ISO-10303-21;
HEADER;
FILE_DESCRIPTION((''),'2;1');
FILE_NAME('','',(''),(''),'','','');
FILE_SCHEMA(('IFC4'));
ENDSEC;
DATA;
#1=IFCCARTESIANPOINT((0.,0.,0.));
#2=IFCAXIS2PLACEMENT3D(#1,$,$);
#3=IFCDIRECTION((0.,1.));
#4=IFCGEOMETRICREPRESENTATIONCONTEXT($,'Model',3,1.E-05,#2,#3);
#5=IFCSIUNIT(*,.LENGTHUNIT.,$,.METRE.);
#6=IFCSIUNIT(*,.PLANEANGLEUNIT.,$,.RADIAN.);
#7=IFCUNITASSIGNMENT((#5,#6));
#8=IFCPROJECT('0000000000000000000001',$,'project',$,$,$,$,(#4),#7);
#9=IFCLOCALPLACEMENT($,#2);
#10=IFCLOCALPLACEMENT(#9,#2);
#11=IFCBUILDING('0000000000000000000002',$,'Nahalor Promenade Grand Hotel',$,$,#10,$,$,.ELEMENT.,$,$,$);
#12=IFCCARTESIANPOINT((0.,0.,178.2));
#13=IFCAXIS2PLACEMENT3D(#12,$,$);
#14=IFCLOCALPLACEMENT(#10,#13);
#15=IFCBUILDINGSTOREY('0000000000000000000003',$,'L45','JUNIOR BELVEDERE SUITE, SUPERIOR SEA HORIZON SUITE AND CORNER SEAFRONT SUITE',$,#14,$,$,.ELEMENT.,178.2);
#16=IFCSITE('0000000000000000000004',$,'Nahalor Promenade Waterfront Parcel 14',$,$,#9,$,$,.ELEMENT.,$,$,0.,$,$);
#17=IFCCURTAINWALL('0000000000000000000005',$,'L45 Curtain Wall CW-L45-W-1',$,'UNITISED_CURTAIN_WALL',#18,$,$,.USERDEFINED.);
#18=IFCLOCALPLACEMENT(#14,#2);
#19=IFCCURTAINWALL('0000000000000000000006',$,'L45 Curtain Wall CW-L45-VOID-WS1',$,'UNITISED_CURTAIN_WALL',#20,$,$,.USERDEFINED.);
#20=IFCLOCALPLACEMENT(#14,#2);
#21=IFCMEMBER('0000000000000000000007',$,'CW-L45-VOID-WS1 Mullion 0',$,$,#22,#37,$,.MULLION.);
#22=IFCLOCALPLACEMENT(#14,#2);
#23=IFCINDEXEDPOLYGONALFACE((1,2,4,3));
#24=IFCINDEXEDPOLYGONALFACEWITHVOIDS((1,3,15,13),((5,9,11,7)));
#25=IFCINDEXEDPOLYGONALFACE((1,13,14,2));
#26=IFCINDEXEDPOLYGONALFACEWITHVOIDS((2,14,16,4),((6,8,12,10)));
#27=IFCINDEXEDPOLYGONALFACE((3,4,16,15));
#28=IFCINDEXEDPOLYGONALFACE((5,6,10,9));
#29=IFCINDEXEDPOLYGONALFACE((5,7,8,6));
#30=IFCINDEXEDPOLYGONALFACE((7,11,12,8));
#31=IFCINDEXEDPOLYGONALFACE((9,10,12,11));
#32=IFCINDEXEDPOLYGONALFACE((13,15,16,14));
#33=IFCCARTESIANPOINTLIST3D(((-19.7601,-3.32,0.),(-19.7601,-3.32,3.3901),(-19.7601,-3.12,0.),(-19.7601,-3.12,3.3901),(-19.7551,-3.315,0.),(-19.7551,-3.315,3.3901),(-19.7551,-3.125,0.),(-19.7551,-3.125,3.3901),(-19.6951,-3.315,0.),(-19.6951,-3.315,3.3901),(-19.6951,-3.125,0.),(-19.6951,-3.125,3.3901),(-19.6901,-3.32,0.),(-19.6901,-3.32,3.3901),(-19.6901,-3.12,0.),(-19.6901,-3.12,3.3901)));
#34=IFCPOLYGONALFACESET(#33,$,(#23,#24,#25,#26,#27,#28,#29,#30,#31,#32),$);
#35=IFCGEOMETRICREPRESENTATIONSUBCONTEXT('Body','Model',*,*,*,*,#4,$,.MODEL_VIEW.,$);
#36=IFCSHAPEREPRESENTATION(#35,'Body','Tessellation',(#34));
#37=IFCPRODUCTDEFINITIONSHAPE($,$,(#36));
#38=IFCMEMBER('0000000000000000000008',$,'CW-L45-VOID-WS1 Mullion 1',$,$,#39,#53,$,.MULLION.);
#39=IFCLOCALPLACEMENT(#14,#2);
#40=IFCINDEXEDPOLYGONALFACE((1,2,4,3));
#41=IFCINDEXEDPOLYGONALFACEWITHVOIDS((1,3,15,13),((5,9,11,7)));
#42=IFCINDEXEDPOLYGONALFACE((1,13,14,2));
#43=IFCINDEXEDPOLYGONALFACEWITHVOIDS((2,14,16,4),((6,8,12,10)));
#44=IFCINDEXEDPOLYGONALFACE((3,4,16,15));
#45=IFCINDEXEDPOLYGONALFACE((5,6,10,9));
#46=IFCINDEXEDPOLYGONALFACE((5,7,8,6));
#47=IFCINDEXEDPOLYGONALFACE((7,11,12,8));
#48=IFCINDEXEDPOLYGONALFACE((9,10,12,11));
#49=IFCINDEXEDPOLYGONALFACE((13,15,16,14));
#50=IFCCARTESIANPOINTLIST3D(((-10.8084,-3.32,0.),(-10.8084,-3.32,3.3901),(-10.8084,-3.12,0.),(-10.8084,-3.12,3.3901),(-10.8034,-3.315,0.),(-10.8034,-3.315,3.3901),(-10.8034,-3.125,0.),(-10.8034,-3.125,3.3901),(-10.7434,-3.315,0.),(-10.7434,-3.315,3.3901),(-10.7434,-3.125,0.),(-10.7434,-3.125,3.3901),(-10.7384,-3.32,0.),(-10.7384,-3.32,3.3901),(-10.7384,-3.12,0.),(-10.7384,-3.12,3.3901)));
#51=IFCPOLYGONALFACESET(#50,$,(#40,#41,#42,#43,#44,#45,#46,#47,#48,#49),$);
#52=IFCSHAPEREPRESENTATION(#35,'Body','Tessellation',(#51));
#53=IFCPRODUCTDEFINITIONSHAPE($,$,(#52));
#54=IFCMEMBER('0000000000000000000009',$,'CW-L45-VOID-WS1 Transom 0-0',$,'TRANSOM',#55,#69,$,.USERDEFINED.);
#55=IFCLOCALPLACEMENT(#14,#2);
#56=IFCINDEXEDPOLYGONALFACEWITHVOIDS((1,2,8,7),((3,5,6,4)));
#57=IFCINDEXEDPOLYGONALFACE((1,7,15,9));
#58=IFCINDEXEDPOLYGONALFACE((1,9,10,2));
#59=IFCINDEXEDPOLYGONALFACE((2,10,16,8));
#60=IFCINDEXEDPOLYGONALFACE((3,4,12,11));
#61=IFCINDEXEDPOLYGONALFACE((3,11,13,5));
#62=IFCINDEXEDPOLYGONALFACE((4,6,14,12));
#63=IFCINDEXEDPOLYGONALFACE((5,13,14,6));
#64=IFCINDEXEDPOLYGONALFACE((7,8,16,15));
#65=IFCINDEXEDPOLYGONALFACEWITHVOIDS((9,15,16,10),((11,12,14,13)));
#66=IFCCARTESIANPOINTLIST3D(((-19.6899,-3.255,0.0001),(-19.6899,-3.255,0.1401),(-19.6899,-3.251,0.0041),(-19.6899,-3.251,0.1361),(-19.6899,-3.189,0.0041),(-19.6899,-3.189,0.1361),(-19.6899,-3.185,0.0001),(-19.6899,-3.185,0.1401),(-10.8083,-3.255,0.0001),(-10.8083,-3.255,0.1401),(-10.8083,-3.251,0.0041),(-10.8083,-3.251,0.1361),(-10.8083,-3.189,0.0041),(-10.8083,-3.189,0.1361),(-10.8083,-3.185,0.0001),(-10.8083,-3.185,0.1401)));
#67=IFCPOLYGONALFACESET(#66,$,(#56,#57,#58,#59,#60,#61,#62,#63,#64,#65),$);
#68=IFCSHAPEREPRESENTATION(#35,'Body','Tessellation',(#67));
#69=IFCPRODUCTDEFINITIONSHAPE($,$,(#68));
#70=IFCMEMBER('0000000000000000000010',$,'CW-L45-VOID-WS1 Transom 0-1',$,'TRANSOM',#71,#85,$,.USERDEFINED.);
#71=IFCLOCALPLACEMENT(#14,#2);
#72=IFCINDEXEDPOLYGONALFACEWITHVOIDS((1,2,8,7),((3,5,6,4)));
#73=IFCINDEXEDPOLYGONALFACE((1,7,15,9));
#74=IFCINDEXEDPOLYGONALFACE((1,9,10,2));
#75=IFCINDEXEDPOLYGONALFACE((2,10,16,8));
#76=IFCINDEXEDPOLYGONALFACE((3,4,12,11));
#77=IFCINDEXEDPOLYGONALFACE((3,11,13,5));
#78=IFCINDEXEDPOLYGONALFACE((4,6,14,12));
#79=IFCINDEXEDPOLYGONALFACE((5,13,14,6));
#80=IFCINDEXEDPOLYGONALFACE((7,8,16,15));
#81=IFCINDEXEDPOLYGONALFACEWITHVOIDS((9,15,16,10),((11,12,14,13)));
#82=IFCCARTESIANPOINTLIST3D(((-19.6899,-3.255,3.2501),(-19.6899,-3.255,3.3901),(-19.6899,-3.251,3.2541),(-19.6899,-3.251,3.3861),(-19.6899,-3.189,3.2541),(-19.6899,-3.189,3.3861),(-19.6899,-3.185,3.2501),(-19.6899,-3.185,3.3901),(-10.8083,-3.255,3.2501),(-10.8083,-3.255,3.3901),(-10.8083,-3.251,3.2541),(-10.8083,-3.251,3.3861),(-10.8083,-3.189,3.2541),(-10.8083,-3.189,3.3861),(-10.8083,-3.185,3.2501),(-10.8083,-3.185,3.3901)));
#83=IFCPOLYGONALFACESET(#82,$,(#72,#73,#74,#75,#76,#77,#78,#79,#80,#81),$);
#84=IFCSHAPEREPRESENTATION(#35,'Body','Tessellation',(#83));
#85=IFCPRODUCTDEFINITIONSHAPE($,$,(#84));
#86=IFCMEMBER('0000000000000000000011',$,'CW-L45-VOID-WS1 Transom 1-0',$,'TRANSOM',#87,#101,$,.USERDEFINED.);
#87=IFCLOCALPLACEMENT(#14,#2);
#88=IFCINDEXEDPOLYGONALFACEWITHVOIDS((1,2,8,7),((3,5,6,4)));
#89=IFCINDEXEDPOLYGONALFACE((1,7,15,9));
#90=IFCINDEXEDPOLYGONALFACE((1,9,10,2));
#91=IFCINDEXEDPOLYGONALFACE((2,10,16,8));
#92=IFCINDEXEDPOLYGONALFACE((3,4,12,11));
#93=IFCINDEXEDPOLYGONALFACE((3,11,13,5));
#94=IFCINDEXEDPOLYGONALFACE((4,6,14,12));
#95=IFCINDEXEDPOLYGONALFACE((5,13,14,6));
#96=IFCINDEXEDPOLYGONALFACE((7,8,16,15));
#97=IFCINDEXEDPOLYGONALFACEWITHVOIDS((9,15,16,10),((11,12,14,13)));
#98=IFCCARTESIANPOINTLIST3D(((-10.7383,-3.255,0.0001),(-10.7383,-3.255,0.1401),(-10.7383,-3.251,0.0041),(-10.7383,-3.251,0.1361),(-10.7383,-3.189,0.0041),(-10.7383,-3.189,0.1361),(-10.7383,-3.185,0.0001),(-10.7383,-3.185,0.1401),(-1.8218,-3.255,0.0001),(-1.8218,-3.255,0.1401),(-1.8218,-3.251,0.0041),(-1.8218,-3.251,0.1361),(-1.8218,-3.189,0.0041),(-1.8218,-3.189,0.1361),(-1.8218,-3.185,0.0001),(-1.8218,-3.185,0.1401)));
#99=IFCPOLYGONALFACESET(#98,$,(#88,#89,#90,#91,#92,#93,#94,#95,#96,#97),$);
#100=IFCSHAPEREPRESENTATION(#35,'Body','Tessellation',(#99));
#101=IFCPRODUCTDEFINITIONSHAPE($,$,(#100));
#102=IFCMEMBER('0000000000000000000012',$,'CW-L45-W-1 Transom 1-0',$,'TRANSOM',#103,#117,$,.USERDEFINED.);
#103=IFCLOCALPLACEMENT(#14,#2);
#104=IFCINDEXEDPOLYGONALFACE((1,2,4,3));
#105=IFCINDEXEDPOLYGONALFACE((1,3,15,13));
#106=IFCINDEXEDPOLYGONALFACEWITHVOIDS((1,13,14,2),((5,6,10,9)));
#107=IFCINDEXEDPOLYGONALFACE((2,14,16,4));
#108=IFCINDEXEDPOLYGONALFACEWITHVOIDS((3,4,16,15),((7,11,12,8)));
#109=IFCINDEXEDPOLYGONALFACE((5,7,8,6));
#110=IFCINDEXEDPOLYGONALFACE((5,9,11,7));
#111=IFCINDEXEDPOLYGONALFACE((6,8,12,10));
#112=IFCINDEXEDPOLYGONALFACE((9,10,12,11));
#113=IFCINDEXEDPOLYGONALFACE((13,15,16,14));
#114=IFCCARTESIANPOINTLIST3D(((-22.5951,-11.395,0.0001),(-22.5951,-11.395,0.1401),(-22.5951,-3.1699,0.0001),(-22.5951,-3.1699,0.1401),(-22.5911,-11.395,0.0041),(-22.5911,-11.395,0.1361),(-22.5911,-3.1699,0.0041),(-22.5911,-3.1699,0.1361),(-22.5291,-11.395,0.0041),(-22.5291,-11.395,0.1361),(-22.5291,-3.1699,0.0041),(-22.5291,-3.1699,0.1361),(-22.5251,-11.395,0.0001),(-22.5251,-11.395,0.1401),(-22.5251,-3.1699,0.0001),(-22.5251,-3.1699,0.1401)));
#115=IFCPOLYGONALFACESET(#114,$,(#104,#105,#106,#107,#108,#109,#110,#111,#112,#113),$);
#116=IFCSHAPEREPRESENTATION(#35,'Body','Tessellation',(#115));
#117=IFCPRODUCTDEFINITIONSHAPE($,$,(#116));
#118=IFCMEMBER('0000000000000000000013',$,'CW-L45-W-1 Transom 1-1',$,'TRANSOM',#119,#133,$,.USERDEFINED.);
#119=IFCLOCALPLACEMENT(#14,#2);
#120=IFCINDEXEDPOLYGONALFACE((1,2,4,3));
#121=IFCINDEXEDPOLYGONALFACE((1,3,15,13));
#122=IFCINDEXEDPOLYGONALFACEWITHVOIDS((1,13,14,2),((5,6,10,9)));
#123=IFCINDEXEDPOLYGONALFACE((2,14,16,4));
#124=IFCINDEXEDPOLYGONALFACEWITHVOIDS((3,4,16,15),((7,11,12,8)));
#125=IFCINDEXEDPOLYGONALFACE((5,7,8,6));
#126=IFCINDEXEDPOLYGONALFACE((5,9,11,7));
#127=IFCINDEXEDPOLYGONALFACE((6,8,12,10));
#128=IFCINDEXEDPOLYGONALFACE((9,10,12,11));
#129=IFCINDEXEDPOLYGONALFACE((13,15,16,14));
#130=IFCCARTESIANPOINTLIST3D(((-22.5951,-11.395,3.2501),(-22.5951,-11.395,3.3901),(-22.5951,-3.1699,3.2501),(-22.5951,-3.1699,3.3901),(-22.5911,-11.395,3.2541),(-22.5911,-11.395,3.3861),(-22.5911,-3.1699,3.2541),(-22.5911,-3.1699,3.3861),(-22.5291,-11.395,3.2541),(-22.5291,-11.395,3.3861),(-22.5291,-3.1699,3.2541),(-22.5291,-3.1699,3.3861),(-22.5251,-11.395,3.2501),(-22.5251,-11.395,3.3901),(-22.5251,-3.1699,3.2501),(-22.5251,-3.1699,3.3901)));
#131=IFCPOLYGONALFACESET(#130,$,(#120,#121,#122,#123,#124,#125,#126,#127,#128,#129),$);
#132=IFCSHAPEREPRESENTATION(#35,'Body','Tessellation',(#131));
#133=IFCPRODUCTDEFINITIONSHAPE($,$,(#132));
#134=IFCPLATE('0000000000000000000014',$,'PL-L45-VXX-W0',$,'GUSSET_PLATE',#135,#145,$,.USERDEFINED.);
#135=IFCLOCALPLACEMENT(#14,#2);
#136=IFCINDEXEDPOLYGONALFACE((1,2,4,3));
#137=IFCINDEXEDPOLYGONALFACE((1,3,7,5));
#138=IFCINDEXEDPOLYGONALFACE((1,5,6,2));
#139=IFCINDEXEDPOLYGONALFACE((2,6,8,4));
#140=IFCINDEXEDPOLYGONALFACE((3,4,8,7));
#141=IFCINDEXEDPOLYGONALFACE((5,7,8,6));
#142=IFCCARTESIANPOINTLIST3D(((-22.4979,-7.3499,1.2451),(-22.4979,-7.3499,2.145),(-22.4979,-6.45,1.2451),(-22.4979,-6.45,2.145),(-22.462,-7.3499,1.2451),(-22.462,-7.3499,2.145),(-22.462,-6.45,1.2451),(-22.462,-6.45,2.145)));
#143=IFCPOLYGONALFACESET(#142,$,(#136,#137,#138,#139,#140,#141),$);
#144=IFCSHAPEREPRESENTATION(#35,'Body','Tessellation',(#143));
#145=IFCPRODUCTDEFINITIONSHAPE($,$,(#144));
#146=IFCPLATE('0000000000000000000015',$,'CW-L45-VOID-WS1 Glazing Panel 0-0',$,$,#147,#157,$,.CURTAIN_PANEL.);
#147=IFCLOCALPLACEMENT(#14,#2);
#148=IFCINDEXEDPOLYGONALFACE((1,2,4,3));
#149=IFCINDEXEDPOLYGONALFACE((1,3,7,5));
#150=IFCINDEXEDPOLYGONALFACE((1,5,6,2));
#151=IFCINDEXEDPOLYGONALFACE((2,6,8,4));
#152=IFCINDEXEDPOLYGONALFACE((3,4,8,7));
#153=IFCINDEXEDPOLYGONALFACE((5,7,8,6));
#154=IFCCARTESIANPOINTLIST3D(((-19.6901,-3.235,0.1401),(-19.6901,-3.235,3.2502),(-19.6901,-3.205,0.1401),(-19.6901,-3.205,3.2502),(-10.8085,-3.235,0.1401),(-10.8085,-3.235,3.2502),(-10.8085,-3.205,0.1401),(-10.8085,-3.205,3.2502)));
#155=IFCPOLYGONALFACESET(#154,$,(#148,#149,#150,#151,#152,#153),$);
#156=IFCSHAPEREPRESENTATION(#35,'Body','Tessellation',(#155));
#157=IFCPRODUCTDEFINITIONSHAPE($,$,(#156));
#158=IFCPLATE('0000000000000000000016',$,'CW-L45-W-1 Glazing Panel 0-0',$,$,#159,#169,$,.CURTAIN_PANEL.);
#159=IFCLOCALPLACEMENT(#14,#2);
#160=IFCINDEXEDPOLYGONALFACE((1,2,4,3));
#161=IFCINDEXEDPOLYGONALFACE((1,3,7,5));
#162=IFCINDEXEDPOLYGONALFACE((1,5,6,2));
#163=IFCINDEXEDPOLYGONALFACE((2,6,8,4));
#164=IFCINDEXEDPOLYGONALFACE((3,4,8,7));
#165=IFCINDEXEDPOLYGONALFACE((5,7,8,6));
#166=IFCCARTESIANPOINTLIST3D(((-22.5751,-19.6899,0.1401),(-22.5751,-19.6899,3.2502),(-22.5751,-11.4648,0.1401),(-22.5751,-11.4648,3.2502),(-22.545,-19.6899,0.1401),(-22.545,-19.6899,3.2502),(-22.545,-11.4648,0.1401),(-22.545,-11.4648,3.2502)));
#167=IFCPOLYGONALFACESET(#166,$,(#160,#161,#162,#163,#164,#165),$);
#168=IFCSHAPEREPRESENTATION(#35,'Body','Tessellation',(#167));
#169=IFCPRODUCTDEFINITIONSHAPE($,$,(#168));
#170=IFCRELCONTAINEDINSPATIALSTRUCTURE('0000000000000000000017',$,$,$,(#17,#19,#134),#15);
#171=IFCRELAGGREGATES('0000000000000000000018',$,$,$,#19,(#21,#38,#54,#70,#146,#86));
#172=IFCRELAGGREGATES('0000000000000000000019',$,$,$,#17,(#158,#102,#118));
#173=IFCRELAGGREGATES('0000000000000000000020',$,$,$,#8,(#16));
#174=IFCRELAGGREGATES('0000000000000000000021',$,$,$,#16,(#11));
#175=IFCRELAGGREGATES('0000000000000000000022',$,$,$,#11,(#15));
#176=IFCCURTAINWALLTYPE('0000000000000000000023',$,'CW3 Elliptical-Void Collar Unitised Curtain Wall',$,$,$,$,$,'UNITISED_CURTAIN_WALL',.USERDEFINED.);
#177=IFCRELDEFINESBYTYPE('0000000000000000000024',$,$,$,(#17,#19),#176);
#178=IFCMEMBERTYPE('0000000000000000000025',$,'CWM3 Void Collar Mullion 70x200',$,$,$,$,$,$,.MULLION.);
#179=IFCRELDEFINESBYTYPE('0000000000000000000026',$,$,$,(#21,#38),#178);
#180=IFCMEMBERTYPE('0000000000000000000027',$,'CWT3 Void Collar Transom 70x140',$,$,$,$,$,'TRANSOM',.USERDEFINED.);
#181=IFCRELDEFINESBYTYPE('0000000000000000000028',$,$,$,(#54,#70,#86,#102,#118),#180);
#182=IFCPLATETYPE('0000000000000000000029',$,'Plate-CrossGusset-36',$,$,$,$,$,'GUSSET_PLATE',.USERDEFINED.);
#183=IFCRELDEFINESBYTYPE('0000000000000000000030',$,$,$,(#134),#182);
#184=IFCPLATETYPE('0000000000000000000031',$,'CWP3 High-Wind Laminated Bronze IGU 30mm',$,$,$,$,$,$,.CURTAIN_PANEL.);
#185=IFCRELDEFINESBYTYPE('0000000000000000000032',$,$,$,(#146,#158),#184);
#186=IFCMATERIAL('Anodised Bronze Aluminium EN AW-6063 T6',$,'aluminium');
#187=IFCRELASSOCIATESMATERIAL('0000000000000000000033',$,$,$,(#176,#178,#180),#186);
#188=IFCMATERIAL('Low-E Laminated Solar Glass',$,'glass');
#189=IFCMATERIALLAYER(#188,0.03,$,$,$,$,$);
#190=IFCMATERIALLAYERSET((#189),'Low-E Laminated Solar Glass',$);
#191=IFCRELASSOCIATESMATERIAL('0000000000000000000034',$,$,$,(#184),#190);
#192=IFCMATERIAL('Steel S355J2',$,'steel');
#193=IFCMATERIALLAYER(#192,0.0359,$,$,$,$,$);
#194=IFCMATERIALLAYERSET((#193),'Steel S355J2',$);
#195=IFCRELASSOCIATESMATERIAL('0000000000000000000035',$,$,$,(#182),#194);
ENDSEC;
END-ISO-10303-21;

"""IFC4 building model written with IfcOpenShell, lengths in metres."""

from ifc_helpers import new_model, si_unit, direction, frame, origin, origin_2d, place, context, subcontext, project, spatial, rectangle, hollow_rectangle, extrude, source, transform, mapped, material, layer, layer_set, material_profile, profile_set, type_object, element, aggregate, save


model = new_model("IFC4")

# Units and contexts
model_context = context("Model", 3, precision=1e-05, world=origin(), true_north=direction((0.0, 1.0)))
body_context = subcontext(model_context, "Body", "Model", "MODEL_VIEW")
ifc_project = project(units=[si_unit("LENGTHUNIT", "METRE"), si_unit("PLANEANGLEUNIT", "RADIAN")], contexts=[model_context])

# Site, building, storey
site_placement = place(None, origin())
site = spatial("IfcSite", under=ifc_project, at=site_placement, Name="Nahalor Promenade Waterfront Parcel 14", CompositionType="ELEMENT", RefElevation=0.0)
building_placement = place(site_placement, origin())
building = spatial("IfcBuilding", under=site, at=building_placement, Name="Nahalor Promenade Grand Hotel", CompositionType="ELEMENT")
storey_placement = place(building_placement, frame((0.0, 0.0, 178.2)))
storey = spatial("IfcBuildingStorey", under=building, at=storey_placement, Name="L45", Description="JUNIOR BELVEDERE SUITE, SUPERIOR SEA HORIZON SUITE AND CORNER SEAFRONT SUITE", CompositionType="ELEMENT", Elevation=178.2)

# Shared definitions
ifc_material_1 = material(Name="Steel S355J2", Category="steel")

# Curtain wall
ifc_material_2 = material(Name="Anodised Bronze Aluminium EN AW-6063 T6", Category="aluminium")
curtain_wall_type = type_object("IfcCurtainWallType", Name="CW3 Elliptical-Void Collar Unitised Curtain Wall", ElementType="UNITISED_CURTAIN_WALL", PredefinedType="USERDEFINED", material=ifc_material_2)
curtain_wall_1_placement = place(storey_placement, origin())
curtain_wall_1 = element("IfcCurtainWall", 1, at=curtain_wall_1_placement, inside=storey, type_object=curtain_wall_type, Name="L45 Curtain Wall CW-L45-W-1", ObjectType="UNITISED_CURTAIN_WALL", PredefinedType="USERDEFINED")
ifc_material_profile_1 = material_profile(ifc_material_2, hollow_rectangle(XDim=0.07, YDim=0.2, WallThickness=0.005, at=origin_2d()), Name="CWM 70x200x5")
ifc_profile_set_1 = profile_set([ifc_material_profile_1], Name="Anodised Bronze Aluminium EN AW-6063 T6")
member_type_1 = type_object("IfcMemberType", Name="CWM3 Void Collar Mullion 70x200", PredefinedType="MULLION", material=ifc_profile_set_1)
shared_shape_1 = source(origin(), body_context, "Body", "SweptSolid", [
    extrude(hollow_rectangle(XDim=0.07, YDim=0.2, WallThickness=0.005, at=origin_2d()), origin(), (0.0, 0.0, 1.0), 3.3901),
])

# Curtain wall, members
curtain_wall_2_placement = place(storey_placement, origin())
curtain_wall_2 = element("IfcCurtainWall", 2, at=curtain_wall_2_placement, inside=storey, type_object=curtain_wall_type, Name="L45 Curtain Wall CW-L45-VOID-WS1", ObjectType="UNITISED_CURTAIN_WALL", PredefinedType="USERDEFINED")
member_1_placement = place(storey_placement, frame((-19.7251, -3.22, 0.0), z_axis=(0.0, 0.0, 1.0), x_axis=(1.0, 0.0, 0.0)))
member_1 = element("IfcMember", 3, at=member_1_placement, type_object=member_type_1, Name="CW-L45-VOID-WS1 Mullion 0", PredefinedType="MULLION", context=body_context, shape_type="MappedRepresentation", body=[
    mapped(shared_shape_1, transform((0.0, 0.0, 0.0), scale=1.0)),
])
member_2_placement = place(storey_placement, frame((-10.7734, -3.22, 0.0), z_axis=(0.0, 0.0, 1.0), x_axis=(1.0, 0.0, 0.0)))
member_2 = element("IfcMember", 4, at=member_2_placement, type_object=member_type_1, Name="CW-L45-VOID-WS1 Mullion 1", PredefinedType="MULLION", context=body_context, shape_type="MappedRepresentation", body=[
    mapped(shared_shape_1, transform((0.0, 0.0, 0.0), scale=1.0)),
])
ifc_material_profile_2 = material_profile(ifc_material_2, hollow_rectangle(XDim=0.07, YDim=0.14, WallThickness=0.004, at=origin_2d()), Name="CWT 70x140x4")
ifc_profile_set_2 = profile_set([ifc_material_profile_2], Name="Anodised Bronze Aluminium EN AW-6063 T6")
member_type_2 = type_object("IfcMemberType", Name="CWT3 Void Collar Transom 70x140", ElementType="TRANSOM", PredefinedType="USERDEFINED", material=ifc_profile_set_2)
shared_shape_2 = source(origin(), body_context, "Body", "SweptSolid", [
    extrude(hollow_rectangle(XDim=0.07, YDim=0.14, WallThickness=0.004, at=origin_2d()), origin(), (0.0, 0.0, 1.0), 8.8816),
])
member_3_placement = place(storey_placement, frame((-19.6899, -3.22, 0.0701), z_axis=(1.0, 0.0, 0.0), x_axis=(0.0, 1.0, 0.0)))
member_3 = element("IfcMember", 5, at=member_3_placement, type_object=member_type_2, Name="CW-L45-VOID-WS1 Transom 0-0", ObjectType="TRANSOM", PredefinedType="USERDEFINED", context=body_context, shape_type="MappedRepresentation", body=[
    mapped(shared_shape_2, transform((0.0, 0.0, 0.0), scale=1.0)),
])
member_4_placement = place(storey_placement, frame((-19.6899, -3.22, 3.3201), z_axis=(1.0, 0.0, 0.0), x_axis=(0.0, 1.0, 0.0)))
member_4 = element("IfcMember", 6, at=member_4_placement, type_object=member_type_2, Name="CW-L45-VOID-WS1 Transom 0-1", ObjectType="TRANSOM", PredefinedType="USERDEFINED", context=body_context, shape_type="MappedRepresentation", body=[
    mapped(shared_shape_2, transform((0.0, 0.0, 0.0), scale=1.0)),
])
shared_shape_3 = source(origin(), body_context, "Body", "SweptSolid", [
    extrude(hollow_rectangle(XDim=0.07, YDim=0.14, WallThickness=0.004, at=origin_2d()), origin(), (0.0, 0.0, 1.0), 8.9165),
])
member_5_placement = place(storey_placement, frame((-10.7383, -3.22, 0.0701), z_axis=(1.0, 0.0, 0.0), x_axis=(0.0, 1.0, 0.0)))
member_5 = element("IfcMember", 7, at=member_5_placement, type_object=member_type_2, Name="CW-L45-VOID-WS1 Transom 1-0", ObjectType="TRANSOM", PredefinedType="USERDEFINED", context=body_context, shape_type="MappedRepresentation", body=[
    mapped(shared_shape_3, transform((0.0, 0.0, 0.0), scale=1.0)),
])

# Members
shared_shape_4 = source(origin(), body_context, "Body", "SweptSolid", [
    extrude(hollow_rectangle(XDim=0.07, YDim=0.14, WallThickness=0.004, at=origin_2d()), origin(), (0.0, 0.0, 1.0), 8.2251),
])
member_6_placement = place(storey_placement, frame((-22.5601, -11.395, 0.0701), z_axis=(0.0, 1.0, 0.0), x_axis=(-1.0, 0.0, 0.0)))
member_6 = element("IfcMember", 8, at=member_6_placement, type_object=member_type_2, Name="CW-L45-W-1 Transom 1-0", ObjectType="TRANSOM", PredefinedType="USERDEFINED", context=body_context, shape_type="MappedRepresentation", body=[
    mapped(shared_shape_4, transform((0.0, 0.0, 0.0), scale=1.0)),
])
member_7_placement = place(storey_placement, frame((-22.5601, -11.395, 3.3201), z_axis=(0.0, 1.0, 0.0), x_axis=(-1.0, 0.0, 0.0)))
member_7 = element("IfcMember", 9, at=member_7_placement, type_object=member_type_2, Name="CW-L45-W-1 Transom 1-1", ObjectType="TRANSOM", PredefinedType="USERDEFINED", context=body_context, shape_type="MappedRepresentation", body=[
    mapped(shared_shape_4, transform((0.0, 0.0, 0.0), scale=1.0)),
])

# Plates
ifc_material_3 = material(Name="Low-E Laminated Solar Glass", Category="glass")
ifc_layer_1 = layer(ifc_material_3, 0.03)
ifc_layer_set_1 = layer_set([ifc_layer_1], Name="Low-E Laminated Solar Glass")
plate_type_1 = type_object("IfcPlateType", Name="CWP3 High-Wind Laminated Bronze IGU 30mm", PredefinedType="CURTAIN_PANEL", material=ifc_layer_set_1)
ifc_layer_2 = layer(ifc_material_1, 0.0359)
ifc_layer_set_2 = layer_set([ifc_layer_2], Name="Steel S355J2")
plate_type_2 = type_object("IfcPlateType", Name="Plate-CrossGusset-36", ElementType="GUSSET_PLATE", PredefinedType="USERDEFINED", material=ifc_layer_set_2)
shared_shape_5 = source(origin(), body_context, "Body", "SweptSolid", [
    extrude(rectangle(XDim=0.8999, YDim=0.0359, at=origin_2d()), origin(), (0.0, 0.0, 1.0), 0.8999),
])
plate_1_placement = place(storey_placement, frame((-22.48, -6.8999, 1.2451), z_axis=(0.0, 0.0, 1.0), x_axis=(0.0, 1.0, 0.0)))
element("IfcPlate", 10, at=plate_1_placement, inside=storey, type_object=plate_type_2, Name="PL-L45-VXX-W0", ObjectType="GUSSET_PLATE", PredefinedType="USERDEFINED", context=body_context, shape_type="MappedRepresentation", body=[
    mapped(shared_shape_5, transform((0.0, 0.0, 0.0), scale=1.0)),
])
shared_shape_6 = source(origin(), body_context, "Body", "SweptSolid", [
    extrude(rectangle(XDim=8.8816, YDim=0.03, at=origin_2d()), origin(), (0.0, 0.0, 1.0), 3.1101),
])
plate_2_placement = place(storey_placement, frame((-15.2493, -3.22, 0.1401), z_axis=(0.0, 0.0, 1.0), x_axis=(1.0, 0.0, 0.0)))
plate_2 = element("IfcPlate", 11, at=plate_2_placement, type_object=plate_type_1, Name="CW-L45-VOID-WS1 Glazing Panel 0-0", PredefinedType="CURTAIN_PANEL", context=body_context, shape_type="MappedRepresentation", body=[
    mapped(shared_shape_6, transform((0.0, 0.0, 0.0), scale=1.0)),
])
aggregate(curtain_wall_2, [member_1, member_2, member_3, member_4, plate_2, member_5])
shared_shape_7 = source(origin(), body_context, "Body", "SweptSolid", [
    extrude(rectangle(XDim=8.2251, YDim=0.03, at=origin_2d()), origin(), (0.0, 0.0, 1.0), 3.1101),
])
plate_3_placement = place(storey_placement, frame((-22.5601, -15.5774, 0.1401), z_axis=(0.0, 0.0, 1.0), x_axis=(0.0, 1.0, 0.0)))
plate_3 = element("IfcPlate", 12, at=plate_3_placement, type_object=plate_type_1, Name="CW-L45-W-1 Glazing Panel 0-0", PredefinedType="CURTAIN_PANEL", context=body_context, shape_type="MappedRepresentation", body=[
    mapped(shared_shape_7, transform((0.0, 0.0, 0.0), scale=1.0)),
])
aggregate(curtain_wall_1, [plate_3, member_6, member_7])

save(model, "model.ifc")
